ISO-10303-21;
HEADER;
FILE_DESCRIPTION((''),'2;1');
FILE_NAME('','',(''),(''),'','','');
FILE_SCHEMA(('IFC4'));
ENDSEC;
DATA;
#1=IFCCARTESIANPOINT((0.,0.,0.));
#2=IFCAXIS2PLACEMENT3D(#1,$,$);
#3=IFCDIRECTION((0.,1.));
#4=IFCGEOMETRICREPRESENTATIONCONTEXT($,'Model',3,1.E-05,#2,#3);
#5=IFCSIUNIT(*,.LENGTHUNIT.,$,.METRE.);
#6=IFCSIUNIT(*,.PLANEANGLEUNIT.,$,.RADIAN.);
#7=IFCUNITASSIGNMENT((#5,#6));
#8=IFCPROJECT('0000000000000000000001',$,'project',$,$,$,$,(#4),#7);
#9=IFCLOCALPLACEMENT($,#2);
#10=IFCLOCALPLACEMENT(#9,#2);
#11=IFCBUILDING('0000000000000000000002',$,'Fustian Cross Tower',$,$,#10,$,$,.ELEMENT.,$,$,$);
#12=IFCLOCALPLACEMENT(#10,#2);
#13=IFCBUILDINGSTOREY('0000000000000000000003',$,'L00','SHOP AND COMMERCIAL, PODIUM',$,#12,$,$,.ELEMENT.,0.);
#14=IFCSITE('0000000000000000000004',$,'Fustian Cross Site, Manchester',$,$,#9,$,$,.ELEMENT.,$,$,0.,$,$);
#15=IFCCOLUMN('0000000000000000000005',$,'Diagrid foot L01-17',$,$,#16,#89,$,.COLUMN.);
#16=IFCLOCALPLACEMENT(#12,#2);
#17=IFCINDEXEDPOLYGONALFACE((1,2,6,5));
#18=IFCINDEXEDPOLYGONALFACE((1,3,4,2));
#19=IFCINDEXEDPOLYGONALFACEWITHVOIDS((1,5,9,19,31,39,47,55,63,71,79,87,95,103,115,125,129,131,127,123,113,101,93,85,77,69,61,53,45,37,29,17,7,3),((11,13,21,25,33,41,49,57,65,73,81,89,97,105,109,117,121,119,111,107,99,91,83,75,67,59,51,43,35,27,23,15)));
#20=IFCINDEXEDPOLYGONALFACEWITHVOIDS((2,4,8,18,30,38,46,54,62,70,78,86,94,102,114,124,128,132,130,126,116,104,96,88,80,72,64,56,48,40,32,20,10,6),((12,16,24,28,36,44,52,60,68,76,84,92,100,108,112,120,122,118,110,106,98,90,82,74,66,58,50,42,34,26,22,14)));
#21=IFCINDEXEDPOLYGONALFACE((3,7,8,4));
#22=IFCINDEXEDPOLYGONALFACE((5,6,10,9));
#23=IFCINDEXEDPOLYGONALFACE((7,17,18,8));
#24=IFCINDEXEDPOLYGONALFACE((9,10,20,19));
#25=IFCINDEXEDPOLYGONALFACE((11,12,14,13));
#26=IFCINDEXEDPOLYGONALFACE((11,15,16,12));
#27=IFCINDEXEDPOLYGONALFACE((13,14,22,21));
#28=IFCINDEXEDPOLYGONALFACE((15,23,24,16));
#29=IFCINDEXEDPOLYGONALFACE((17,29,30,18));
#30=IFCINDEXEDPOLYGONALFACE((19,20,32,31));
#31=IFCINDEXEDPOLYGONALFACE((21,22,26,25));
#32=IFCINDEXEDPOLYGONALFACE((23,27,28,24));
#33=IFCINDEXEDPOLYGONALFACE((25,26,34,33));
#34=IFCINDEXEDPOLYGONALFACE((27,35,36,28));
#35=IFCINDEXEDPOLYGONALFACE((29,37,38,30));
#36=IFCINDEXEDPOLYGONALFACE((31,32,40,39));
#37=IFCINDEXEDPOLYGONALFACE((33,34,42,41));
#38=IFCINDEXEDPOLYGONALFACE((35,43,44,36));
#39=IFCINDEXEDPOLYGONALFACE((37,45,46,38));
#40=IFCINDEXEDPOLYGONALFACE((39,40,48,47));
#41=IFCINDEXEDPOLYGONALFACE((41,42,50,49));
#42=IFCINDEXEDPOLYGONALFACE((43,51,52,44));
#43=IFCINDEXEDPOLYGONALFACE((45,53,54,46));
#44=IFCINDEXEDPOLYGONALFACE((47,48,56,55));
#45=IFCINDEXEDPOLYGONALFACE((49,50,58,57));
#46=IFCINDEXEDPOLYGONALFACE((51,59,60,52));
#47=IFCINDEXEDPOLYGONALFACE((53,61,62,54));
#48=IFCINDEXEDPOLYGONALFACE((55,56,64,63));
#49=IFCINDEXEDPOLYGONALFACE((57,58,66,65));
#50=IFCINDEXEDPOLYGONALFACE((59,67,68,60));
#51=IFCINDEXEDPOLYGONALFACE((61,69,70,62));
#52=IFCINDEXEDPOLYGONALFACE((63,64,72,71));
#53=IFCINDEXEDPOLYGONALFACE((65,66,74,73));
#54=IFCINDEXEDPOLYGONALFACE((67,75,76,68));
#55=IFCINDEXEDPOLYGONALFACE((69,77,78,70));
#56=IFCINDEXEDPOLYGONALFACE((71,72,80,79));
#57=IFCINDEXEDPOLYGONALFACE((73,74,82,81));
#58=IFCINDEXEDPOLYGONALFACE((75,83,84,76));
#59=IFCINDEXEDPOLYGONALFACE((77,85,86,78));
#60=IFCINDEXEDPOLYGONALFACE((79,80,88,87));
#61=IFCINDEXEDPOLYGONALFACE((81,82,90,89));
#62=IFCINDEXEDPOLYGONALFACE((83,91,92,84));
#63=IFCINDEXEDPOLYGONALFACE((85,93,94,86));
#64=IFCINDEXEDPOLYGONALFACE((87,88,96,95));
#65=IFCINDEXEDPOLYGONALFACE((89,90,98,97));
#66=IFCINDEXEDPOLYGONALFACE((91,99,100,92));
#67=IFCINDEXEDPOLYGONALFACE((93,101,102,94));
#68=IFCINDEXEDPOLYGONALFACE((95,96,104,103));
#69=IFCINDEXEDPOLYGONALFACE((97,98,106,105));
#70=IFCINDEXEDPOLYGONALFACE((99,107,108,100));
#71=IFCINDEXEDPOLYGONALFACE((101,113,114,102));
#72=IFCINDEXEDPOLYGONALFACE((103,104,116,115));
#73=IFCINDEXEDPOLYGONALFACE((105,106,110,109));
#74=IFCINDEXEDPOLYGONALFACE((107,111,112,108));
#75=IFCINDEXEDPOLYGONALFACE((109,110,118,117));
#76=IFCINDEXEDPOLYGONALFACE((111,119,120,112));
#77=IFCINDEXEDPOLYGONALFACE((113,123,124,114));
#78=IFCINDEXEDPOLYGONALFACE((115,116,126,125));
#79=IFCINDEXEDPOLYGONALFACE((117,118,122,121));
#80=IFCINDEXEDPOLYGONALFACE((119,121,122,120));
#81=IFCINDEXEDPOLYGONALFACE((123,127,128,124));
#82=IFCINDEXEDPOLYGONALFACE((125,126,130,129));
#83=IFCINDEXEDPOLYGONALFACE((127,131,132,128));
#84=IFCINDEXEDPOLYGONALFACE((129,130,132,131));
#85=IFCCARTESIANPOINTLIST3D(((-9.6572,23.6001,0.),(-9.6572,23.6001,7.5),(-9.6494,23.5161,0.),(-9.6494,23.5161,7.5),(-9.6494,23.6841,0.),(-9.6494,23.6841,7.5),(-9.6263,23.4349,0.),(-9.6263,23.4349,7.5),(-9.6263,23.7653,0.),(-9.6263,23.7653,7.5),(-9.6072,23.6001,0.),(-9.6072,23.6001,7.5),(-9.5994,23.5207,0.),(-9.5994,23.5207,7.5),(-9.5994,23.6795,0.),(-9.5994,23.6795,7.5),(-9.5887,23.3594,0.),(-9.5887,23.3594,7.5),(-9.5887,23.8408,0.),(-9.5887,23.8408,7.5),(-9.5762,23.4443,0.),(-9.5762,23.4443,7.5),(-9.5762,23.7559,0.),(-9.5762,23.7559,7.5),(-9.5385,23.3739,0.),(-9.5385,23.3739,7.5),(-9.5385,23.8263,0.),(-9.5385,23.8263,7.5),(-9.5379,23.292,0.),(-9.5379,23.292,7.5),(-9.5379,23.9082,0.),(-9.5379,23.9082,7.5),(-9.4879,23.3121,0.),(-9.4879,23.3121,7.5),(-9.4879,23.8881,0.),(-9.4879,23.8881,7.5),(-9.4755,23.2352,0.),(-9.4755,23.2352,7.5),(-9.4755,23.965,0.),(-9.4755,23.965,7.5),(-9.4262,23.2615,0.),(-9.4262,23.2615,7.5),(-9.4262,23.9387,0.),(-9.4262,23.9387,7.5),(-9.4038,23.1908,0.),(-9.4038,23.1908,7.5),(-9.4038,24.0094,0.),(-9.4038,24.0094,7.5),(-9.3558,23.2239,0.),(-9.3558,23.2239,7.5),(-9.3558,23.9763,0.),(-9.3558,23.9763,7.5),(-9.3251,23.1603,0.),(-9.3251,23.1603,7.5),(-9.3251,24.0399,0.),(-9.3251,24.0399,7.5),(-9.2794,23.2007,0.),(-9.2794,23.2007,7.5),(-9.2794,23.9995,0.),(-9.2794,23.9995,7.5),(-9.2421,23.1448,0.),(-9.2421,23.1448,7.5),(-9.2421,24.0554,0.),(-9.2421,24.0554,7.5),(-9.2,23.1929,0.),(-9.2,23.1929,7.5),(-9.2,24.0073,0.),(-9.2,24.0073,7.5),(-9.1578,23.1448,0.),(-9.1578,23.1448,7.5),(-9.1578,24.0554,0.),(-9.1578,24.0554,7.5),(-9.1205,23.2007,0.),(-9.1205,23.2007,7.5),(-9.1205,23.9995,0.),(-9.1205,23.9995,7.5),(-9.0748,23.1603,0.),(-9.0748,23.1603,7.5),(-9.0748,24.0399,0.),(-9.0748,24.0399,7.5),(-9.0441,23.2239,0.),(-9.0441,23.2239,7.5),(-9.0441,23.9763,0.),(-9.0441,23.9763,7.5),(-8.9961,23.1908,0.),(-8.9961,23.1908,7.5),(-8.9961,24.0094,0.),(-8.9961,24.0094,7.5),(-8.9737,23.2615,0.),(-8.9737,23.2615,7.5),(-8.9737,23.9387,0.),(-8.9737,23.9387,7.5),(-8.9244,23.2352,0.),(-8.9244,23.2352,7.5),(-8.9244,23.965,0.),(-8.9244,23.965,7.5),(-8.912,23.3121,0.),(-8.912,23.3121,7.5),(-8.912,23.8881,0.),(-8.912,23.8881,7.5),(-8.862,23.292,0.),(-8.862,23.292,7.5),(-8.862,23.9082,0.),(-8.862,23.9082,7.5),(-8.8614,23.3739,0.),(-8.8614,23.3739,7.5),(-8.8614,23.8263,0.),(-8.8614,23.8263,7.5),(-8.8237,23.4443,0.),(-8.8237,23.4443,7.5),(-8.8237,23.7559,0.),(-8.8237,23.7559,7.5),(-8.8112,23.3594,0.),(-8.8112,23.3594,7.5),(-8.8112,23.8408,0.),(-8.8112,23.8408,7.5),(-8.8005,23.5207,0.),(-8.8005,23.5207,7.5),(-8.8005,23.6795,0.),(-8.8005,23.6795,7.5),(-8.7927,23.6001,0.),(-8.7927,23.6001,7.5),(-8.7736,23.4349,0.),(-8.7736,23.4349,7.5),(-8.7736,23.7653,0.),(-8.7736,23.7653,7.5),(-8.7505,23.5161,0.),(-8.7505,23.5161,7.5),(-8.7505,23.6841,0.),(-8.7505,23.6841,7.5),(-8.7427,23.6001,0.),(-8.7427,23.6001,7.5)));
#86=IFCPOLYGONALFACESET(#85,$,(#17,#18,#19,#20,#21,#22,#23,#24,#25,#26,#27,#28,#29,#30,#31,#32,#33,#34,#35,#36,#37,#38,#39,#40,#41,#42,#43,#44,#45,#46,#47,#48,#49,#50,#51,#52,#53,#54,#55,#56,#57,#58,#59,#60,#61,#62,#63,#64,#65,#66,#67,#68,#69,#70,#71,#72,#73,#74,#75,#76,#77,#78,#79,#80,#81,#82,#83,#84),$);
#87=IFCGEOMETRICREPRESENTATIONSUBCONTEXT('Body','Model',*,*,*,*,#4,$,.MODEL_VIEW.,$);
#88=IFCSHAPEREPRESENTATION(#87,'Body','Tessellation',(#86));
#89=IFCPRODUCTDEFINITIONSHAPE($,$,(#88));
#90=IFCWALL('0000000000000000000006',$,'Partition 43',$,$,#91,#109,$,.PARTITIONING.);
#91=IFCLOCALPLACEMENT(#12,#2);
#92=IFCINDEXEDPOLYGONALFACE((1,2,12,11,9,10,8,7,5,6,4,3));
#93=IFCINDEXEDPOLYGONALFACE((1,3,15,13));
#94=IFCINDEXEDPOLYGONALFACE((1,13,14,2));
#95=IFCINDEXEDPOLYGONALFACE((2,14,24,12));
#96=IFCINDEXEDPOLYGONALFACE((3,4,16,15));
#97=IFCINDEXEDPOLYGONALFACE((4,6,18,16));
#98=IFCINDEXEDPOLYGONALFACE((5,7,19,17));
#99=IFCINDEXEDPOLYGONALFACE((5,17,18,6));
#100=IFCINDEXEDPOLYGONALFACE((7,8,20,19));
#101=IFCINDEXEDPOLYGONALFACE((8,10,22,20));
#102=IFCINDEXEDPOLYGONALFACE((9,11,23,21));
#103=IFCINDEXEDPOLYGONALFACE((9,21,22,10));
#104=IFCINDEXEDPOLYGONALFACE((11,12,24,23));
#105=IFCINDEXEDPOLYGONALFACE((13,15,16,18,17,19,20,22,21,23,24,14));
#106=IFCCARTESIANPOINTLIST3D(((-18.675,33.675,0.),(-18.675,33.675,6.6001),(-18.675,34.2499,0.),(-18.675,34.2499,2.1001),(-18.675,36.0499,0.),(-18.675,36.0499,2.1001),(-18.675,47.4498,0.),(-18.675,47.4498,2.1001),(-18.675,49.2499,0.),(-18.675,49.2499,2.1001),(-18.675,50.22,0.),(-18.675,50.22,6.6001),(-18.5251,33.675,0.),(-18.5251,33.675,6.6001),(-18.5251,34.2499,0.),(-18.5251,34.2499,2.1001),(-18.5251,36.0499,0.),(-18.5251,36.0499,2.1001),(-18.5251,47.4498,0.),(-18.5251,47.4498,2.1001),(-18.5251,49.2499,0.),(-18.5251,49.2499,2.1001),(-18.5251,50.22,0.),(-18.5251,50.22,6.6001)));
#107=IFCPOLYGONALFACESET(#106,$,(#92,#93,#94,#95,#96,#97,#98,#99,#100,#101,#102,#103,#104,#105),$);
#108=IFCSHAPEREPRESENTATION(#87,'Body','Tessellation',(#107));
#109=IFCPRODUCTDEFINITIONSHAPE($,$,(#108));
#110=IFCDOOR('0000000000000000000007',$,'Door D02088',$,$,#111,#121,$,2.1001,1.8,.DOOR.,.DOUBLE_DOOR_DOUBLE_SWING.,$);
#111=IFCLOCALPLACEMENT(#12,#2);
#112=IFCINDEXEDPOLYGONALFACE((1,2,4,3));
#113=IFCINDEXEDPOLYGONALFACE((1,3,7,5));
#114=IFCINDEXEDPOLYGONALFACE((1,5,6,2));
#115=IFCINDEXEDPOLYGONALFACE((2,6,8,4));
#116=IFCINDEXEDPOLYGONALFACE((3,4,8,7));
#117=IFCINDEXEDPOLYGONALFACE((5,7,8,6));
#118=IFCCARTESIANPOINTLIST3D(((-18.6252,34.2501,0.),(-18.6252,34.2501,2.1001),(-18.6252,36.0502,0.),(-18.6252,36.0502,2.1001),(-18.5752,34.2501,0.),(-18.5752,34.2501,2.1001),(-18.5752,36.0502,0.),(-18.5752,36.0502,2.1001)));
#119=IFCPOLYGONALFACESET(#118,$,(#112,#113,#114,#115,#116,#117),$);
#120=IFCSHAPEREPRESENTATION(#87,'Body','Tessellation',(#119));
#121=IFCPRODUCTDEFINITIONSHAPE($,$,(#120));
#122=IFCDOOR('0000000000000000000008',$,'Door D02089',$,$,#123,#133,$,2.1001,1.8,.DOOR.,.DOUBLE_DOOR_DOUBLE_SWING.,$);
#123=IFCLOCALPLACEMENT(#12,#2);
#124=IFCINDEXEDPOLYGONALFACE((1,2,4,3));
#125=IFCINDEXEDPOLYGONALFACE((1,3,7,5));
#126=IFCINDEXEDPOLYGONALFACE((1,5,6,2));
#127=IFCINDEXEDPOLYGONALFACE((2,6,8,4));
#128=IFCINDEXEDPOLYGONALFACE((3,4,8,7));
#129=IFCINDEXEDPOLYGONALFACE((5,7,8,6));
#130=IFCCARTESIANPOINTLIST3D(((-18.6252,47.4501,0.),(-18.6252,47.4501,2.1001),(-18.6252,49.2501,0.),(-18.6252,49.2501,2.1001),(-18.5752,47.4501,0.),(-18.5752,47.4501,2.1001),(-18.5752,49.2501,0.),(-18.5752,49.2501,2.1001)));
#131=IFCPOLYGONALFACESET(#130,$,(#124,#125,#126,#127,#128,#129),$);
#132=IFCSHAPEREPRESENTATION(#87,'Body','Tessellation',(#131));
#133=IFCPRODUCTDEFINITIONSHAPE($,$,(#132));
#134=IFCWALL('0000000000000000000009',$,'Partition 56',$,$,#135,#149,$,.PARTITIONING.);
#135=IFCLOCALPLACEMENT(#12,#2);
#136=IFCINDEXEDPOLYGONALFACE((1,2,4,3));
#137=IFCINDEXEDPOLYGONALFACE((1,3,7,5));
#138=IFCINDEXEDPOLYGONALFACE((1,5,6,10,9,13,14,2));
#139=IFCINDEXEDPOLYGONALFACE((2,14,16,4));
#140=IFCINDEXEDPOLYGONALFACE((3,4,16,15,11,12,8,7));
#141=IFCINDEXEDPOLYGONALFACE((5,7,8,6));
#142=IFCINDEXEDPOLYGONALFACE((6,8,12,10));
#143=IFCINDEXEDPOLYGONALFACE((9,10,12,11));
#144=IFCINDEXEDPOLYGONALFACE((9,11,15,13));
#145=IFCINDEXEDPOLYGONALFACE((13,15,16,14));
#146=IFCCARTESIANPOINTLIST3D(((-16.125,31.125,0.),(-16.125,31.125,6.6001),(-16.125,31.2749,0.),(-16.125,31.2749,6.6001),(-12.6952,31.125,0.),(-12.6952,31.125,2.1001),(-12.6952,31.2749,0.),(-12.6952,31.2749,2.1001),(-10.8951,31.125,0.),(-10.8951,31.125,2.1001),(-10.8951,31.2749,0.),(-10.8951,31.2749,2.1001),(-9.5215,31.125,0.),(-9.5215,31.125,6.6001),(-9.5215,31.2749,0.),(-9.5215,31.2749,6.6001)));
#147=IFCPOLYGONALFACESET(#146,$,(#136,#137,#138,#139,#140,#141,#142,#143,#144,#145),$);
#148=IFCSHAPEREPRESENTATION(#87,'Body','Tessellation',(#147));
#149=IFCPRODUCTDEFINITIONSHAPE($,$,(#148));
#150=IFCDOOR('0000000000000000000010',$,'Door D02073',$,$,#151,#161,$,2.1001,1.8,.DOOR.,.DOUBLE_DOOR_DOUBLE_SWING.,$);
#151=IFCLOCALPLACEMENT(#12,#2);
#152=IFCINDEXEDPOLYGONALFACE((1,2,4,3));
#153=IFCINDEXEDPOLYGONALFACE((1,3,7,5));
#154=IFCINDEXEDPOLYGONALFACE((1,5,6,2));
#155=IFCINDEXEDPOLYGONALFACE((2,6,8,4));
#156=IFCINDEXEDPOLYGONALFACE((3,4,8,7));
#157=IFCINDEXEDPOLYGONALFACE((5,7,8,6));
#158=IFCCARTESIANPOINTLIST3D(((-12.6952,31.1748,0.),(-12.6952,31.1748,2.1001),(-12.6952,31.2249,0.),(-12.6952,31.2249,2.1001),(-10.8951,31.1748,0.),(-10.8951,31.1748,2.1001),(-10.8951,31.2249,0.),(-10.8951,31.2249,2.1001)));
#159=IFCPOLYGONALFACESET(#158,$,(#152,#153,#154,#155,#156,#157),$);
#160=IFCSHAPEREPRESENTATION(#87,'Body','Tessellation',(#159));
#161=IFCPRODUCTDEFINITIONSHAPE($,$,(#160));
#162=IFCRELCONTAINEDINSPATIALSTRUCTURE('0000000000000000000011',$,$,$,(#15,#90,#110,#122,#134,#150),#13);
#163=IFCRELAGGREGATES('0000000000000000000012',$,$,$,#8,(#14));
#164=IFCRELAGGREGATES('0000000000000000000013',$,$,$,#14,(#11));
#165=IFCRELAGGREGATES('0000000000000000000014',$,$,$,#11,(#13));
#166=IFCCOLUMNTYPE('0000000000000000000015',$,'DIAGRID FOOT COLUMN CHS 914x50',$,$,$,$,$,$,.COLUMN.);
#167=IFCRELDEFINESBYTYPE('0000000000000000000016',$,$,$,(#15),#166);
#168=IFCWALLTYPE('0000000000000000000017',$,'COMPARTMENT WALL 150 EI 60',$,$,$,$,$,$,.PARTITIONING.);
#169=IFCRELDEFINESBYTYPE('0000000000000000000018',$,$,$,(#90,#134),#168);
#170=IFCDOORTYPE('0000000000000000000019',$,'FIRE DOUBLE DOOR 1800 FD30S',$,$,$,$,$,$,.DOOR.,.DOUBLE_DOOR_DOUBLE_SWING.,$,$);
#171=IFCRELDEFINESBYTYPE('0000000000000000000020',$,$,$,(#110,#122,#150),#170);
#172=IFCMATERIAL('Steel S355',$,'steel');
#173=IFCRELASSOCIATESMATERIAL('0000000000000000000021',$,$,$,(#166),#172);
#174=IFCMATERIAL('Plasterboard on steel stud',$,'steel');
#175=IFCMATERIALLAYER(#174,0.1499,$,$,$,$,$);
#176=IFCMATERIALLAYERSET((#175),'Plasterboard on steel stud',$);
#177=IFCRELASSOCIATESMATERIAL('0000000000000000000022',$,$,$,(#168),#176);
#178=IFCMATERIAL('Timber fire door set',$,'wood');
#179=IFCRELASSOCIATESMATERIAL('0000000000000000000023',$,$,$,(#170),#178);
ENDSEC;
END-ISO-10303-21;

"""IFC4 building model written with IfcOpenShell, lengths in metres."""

from ifc_helpers import new_model, si_unit, direction, frame, frame_2d, origin, origin_2d, place, context, subcontext, project, spatial, rectangle, hollow_circle, extrude, material, layer, layer_set, material_profile, profile_set, type_object, element, fill, save


model = new_model("IFC4")

# Units and contexts
model_context = context("Model", 3, precision=1e-05, world=origin(), true_north=direction((0.0, 1.0)))
body_context = subcontext(model_context, "Body", "Model", "MODEL_VIEW")
ifc_project = project(units=[si_unit("LENGTHUNIT", "METRE"), si_unit("PLANEANGLEUNIT", "RADIAN")], contexts=[model_context])

# Site, building, storey
site_placement = place(None, origin())
site = spatial("IfcSite", under=ifc_project, at=site_placement, Name="Fustian Cross Site, Manchester", CompositionType="ELEMENT", RefElevation=0.0)
building_placement = place(site_placement, origin())
building = spatial("IfcBuilding", under=site, at=building_placement, Name="Fustian Cross Tower", CompositionType="ELEMENT")
storey_placement = place(building_placement, origin())
storey = spatial("IfcBuildingStorey", under=building, at=storey_placement, Name="L00", Description="SHOP AND COMMERCIAL, PODIUM", CompositionType="ELEMENT", Elevation=0.0)

# Column
ifc_material_1 = material(Name="Steel S355", Category="steel")
ifc_material_profile_1 = material_profile(ifc_material_1, hollow_circle(Radius=0.4573, WallThickness=0.05, at=origin_2d()), Name="CHS 914x50")
ifc_profile_set_1 = profile_set([ifc_material_profile_1], Name="Steel S355")
column_type_1 = type_object("IfcColumnType", Name="DIAGRID FOOT COLUMN CHS 914x50", PredefinedType="COLUMN", material=ifc_profile_set_1)
for number, where, z_axis, x_axis, name in (
    (1, (-9.2, 23.6001, 0.0), (0.0, 0.0, 1.0), (1.0, 0.0, 0.0), "Diagrid foot L01-17"),
):
    element("IfcColumn", number, at=place(storey_placement, frame(where, z_axis=z_axis, x_axis=x_axis)), inside=storey, type_object=column_type_1, Name=name, PredefinedType="COLUMN", context=body_context, shape_type="SweptSolid", body=[
        extrude(hollow_circle(Radius=0.4573, WallThickness=0.05, at=origin_2d()), origin(), (0.0, 0.0, 1.0), 7.5),
    ])

# Wall, openings, doors
ifc_material_2 = material(Name="Plasterboard on steel stud", Category="steel")
ifc_layer = layer(ifc_material_2, 0.1499)
ifc_layer_set = layer_set([ifc_layer], Name="Plasterboard on steel stud")
wall_type = type_object("IfcWallType", Name="COMPARTMENT WALL 150 EI 60", PredefinedType="PARTITIONING", material=ifc_layer_set)
wall_1_placement = place(storey_placement, frame((-18.6001, 33.675, 0.0), z_axis=(0.0, 0.0, 1.0), x_axis=(0.0, 1.0, 0.0)))
wall_1 = element("IfcWall", 2, at=wall_1_placement, inside=storey, type_object=wall_type, Name="Partition 43", PredefinedType="PARTITIONING", context=body_context, shape_type="SweptSolid", body=[
    extrude(rectangle(XDim=16.5449, YDim=0.1499, at=frame_2d((8.2725, 0.0))), origin(), (0.0, 0.0, 1.0), 6.6001),
])
opening_1_placement = place(wall_1_placement, frame((0.575, 0.0, 0.0)))
opening_1 = element("IfcOpeningElement", 3, at=opening_1_placement, cuts=wall_1, PredefinedType="OPENING", context=body_context, shape_type="SweptSolid", body=[
    extrude(rectangle(XDim=1.8, YDim=2.1001, at=frame_2d((0.8999, 1.05))), frame((0.0, 0.085, 0.0), z_axis=(0.0, -1.0, 0.0), x_axis=(1.0, 0.0, 0.0)), (0.0, 0.0, 1.0), 0.1699),
])
opening_2_placement = place(wall_1_placement, frame((13.7749, 0.0, 0.0)))
opening_2 = element("IfcOpeningElement", 4, at=opening_2_placement, cuts=wall_1, PredefinedType="OPENING", context=body_context, shape_type="SweptSolid", body=[
    extrude(rectangle(XDim=1.8, YDim=2.1001, at=frame_2d((0.8999, 1.05))), frame((0.0, 0.085, 0.0), z_axis=(0.0, -1.0, 0.0), x_axis=(1.0, 0.0, 0.0)), (0.0, 0.0, 1.0), 0.1699),
])
ifc_material_3 = material(Name="Timber fire door set", Category="wood")
door_type = type_object("IfcDoorType", Name="FIRE DOUBLE DOOR 1800 FD30S", OperationType="DOUBLE_DOOR_DOUBLE_SWING", PredefinedType="DOOR", material=ifc_material_3)
door_1_placement = place(opening_1_placement, frame((1.8, 0.0, 0.0), z_axis=(0.0, 0.0, 1.0), x_axis=(-1.0, 0.0, 0.0)))
door_1 = element("IfcDoor", 5, at=door_1_placement, inside=storey, type_object=door_type, Name="Door D02088", OperationType="DOUBLE_DOOR_DOUBLE_SWING", OverallHeight=2.1001, OverallWidth=1.8, PredefinedType="DOOR", context=body_context, shape_type="SweptSolid", body=[
    extrude(rectangle(XDim=1.8, YDim=2.1001, at=frame_2d((0.8999, 1.05))), frame((0.0, 0.0249, 0.0), z_axis=(0.0, -1.0, 0.0), x_axis=(1.0, 0.0, 0.0)), (0.0, 0.0, 1.0), 0.05),
])
fill(opening_1, door_1)
door_2_placement = place(opening_2_placement, frame((1.8, 0.0, 0.0), z_axis=(0.0, 0.0, 1.0), x_axis=(-1.0, 0.0, 0.0)))
door_2 = element("IfcDoor", 6, at=door_2_placement, inside=storey, type_object=door_type, Name="Door D02089", OperationType="DOUBLE_DOOR_DOUBLE_SWING", OverallHeight=2.1001, OverallWidth=1.8, PredefinedType="DOOR", context=body_context, shape_type="SweptSolid", body=[
    extrude(rectangle(XDim=1.8, YDim=2.1001, at=frame_2d((0.8999, 1.05))), frame((0.0, 0.0249, 0.0), z_axis=(0.0, -1.0, 0.0), x_axis=(1.0, 0.0, 0.0)), (0.0, 0.0, 1.0), 0.05),
])
fill(opening_2, door_2)

# Wall, opening, door
wall_2_placement = place(storey_placement, frame((-16.125, 31.2, 0.0), z_axis=(0.0, 0.0, 1.0), x_axis=(1.0, 0.0, 0.0)))
wall_2 = element("IfcWall", 7, at=wall_2_placement, inside=storey, type_object=wall_type, Name="Partition 56", PredefinedType="PARTITIONING", context=body_context, shape_type="SweptSolid", body=[
    extrude(rectangle(XDim=6.6035, YDim=0.1499, at=frame_2d((3.3018, 0.0))), origin(), (0.0, 0.0, 1.0), 6.6001),
])
opening_3_placement = place(wall_2_placement, frame((3.4299, 0.0, 0.0)))
opening_3 = element("IfcOpeningElement", 8, at=opening_3_placement, cuts=wall_2, PredefinedType="OPENING", context=body_context, shape_type="SweptSolid", body=[
    extrude(rectangle(XDim=1.8, YDim=2.1001, at=frame_2d((0.8999, 1.05))), frame((0.0, 0.085, 0.0), z_axis=(0.0, -1.0, 0.0), x_axis=(1.0, 0.0, 0.0)), (0.0, 0.0, 1.0), 0.1699),
])
door_3_placement = place(opening_3_placement, origin())
door_3 = element("IfcDoor", 9, at=door_3_placement, inside=storey, type_object=door_type, Name="Door D02073", OperationType="DOUBLE_DOOR_DOUBLE_SWING", OverallHeight=2.1001, OverallWidth=1.8, PredefinedType="DOOR", context=body_context, shape_type="SweptSolid", body=[
    extrude(rectangle(XDim=1.8, YDim=2.1001, at=frame_2d((0.8999, 1.05))), frame((0.0, 0.0249, 0.0), z_axis=(0.0, -1.0, 0.0), x_axis=(1.0, 0.0, 0.0)), (0.0, 0.0, 1.0), 0.05),
])
fill(opening_3, door_3)

save(model, "model.ifc")
